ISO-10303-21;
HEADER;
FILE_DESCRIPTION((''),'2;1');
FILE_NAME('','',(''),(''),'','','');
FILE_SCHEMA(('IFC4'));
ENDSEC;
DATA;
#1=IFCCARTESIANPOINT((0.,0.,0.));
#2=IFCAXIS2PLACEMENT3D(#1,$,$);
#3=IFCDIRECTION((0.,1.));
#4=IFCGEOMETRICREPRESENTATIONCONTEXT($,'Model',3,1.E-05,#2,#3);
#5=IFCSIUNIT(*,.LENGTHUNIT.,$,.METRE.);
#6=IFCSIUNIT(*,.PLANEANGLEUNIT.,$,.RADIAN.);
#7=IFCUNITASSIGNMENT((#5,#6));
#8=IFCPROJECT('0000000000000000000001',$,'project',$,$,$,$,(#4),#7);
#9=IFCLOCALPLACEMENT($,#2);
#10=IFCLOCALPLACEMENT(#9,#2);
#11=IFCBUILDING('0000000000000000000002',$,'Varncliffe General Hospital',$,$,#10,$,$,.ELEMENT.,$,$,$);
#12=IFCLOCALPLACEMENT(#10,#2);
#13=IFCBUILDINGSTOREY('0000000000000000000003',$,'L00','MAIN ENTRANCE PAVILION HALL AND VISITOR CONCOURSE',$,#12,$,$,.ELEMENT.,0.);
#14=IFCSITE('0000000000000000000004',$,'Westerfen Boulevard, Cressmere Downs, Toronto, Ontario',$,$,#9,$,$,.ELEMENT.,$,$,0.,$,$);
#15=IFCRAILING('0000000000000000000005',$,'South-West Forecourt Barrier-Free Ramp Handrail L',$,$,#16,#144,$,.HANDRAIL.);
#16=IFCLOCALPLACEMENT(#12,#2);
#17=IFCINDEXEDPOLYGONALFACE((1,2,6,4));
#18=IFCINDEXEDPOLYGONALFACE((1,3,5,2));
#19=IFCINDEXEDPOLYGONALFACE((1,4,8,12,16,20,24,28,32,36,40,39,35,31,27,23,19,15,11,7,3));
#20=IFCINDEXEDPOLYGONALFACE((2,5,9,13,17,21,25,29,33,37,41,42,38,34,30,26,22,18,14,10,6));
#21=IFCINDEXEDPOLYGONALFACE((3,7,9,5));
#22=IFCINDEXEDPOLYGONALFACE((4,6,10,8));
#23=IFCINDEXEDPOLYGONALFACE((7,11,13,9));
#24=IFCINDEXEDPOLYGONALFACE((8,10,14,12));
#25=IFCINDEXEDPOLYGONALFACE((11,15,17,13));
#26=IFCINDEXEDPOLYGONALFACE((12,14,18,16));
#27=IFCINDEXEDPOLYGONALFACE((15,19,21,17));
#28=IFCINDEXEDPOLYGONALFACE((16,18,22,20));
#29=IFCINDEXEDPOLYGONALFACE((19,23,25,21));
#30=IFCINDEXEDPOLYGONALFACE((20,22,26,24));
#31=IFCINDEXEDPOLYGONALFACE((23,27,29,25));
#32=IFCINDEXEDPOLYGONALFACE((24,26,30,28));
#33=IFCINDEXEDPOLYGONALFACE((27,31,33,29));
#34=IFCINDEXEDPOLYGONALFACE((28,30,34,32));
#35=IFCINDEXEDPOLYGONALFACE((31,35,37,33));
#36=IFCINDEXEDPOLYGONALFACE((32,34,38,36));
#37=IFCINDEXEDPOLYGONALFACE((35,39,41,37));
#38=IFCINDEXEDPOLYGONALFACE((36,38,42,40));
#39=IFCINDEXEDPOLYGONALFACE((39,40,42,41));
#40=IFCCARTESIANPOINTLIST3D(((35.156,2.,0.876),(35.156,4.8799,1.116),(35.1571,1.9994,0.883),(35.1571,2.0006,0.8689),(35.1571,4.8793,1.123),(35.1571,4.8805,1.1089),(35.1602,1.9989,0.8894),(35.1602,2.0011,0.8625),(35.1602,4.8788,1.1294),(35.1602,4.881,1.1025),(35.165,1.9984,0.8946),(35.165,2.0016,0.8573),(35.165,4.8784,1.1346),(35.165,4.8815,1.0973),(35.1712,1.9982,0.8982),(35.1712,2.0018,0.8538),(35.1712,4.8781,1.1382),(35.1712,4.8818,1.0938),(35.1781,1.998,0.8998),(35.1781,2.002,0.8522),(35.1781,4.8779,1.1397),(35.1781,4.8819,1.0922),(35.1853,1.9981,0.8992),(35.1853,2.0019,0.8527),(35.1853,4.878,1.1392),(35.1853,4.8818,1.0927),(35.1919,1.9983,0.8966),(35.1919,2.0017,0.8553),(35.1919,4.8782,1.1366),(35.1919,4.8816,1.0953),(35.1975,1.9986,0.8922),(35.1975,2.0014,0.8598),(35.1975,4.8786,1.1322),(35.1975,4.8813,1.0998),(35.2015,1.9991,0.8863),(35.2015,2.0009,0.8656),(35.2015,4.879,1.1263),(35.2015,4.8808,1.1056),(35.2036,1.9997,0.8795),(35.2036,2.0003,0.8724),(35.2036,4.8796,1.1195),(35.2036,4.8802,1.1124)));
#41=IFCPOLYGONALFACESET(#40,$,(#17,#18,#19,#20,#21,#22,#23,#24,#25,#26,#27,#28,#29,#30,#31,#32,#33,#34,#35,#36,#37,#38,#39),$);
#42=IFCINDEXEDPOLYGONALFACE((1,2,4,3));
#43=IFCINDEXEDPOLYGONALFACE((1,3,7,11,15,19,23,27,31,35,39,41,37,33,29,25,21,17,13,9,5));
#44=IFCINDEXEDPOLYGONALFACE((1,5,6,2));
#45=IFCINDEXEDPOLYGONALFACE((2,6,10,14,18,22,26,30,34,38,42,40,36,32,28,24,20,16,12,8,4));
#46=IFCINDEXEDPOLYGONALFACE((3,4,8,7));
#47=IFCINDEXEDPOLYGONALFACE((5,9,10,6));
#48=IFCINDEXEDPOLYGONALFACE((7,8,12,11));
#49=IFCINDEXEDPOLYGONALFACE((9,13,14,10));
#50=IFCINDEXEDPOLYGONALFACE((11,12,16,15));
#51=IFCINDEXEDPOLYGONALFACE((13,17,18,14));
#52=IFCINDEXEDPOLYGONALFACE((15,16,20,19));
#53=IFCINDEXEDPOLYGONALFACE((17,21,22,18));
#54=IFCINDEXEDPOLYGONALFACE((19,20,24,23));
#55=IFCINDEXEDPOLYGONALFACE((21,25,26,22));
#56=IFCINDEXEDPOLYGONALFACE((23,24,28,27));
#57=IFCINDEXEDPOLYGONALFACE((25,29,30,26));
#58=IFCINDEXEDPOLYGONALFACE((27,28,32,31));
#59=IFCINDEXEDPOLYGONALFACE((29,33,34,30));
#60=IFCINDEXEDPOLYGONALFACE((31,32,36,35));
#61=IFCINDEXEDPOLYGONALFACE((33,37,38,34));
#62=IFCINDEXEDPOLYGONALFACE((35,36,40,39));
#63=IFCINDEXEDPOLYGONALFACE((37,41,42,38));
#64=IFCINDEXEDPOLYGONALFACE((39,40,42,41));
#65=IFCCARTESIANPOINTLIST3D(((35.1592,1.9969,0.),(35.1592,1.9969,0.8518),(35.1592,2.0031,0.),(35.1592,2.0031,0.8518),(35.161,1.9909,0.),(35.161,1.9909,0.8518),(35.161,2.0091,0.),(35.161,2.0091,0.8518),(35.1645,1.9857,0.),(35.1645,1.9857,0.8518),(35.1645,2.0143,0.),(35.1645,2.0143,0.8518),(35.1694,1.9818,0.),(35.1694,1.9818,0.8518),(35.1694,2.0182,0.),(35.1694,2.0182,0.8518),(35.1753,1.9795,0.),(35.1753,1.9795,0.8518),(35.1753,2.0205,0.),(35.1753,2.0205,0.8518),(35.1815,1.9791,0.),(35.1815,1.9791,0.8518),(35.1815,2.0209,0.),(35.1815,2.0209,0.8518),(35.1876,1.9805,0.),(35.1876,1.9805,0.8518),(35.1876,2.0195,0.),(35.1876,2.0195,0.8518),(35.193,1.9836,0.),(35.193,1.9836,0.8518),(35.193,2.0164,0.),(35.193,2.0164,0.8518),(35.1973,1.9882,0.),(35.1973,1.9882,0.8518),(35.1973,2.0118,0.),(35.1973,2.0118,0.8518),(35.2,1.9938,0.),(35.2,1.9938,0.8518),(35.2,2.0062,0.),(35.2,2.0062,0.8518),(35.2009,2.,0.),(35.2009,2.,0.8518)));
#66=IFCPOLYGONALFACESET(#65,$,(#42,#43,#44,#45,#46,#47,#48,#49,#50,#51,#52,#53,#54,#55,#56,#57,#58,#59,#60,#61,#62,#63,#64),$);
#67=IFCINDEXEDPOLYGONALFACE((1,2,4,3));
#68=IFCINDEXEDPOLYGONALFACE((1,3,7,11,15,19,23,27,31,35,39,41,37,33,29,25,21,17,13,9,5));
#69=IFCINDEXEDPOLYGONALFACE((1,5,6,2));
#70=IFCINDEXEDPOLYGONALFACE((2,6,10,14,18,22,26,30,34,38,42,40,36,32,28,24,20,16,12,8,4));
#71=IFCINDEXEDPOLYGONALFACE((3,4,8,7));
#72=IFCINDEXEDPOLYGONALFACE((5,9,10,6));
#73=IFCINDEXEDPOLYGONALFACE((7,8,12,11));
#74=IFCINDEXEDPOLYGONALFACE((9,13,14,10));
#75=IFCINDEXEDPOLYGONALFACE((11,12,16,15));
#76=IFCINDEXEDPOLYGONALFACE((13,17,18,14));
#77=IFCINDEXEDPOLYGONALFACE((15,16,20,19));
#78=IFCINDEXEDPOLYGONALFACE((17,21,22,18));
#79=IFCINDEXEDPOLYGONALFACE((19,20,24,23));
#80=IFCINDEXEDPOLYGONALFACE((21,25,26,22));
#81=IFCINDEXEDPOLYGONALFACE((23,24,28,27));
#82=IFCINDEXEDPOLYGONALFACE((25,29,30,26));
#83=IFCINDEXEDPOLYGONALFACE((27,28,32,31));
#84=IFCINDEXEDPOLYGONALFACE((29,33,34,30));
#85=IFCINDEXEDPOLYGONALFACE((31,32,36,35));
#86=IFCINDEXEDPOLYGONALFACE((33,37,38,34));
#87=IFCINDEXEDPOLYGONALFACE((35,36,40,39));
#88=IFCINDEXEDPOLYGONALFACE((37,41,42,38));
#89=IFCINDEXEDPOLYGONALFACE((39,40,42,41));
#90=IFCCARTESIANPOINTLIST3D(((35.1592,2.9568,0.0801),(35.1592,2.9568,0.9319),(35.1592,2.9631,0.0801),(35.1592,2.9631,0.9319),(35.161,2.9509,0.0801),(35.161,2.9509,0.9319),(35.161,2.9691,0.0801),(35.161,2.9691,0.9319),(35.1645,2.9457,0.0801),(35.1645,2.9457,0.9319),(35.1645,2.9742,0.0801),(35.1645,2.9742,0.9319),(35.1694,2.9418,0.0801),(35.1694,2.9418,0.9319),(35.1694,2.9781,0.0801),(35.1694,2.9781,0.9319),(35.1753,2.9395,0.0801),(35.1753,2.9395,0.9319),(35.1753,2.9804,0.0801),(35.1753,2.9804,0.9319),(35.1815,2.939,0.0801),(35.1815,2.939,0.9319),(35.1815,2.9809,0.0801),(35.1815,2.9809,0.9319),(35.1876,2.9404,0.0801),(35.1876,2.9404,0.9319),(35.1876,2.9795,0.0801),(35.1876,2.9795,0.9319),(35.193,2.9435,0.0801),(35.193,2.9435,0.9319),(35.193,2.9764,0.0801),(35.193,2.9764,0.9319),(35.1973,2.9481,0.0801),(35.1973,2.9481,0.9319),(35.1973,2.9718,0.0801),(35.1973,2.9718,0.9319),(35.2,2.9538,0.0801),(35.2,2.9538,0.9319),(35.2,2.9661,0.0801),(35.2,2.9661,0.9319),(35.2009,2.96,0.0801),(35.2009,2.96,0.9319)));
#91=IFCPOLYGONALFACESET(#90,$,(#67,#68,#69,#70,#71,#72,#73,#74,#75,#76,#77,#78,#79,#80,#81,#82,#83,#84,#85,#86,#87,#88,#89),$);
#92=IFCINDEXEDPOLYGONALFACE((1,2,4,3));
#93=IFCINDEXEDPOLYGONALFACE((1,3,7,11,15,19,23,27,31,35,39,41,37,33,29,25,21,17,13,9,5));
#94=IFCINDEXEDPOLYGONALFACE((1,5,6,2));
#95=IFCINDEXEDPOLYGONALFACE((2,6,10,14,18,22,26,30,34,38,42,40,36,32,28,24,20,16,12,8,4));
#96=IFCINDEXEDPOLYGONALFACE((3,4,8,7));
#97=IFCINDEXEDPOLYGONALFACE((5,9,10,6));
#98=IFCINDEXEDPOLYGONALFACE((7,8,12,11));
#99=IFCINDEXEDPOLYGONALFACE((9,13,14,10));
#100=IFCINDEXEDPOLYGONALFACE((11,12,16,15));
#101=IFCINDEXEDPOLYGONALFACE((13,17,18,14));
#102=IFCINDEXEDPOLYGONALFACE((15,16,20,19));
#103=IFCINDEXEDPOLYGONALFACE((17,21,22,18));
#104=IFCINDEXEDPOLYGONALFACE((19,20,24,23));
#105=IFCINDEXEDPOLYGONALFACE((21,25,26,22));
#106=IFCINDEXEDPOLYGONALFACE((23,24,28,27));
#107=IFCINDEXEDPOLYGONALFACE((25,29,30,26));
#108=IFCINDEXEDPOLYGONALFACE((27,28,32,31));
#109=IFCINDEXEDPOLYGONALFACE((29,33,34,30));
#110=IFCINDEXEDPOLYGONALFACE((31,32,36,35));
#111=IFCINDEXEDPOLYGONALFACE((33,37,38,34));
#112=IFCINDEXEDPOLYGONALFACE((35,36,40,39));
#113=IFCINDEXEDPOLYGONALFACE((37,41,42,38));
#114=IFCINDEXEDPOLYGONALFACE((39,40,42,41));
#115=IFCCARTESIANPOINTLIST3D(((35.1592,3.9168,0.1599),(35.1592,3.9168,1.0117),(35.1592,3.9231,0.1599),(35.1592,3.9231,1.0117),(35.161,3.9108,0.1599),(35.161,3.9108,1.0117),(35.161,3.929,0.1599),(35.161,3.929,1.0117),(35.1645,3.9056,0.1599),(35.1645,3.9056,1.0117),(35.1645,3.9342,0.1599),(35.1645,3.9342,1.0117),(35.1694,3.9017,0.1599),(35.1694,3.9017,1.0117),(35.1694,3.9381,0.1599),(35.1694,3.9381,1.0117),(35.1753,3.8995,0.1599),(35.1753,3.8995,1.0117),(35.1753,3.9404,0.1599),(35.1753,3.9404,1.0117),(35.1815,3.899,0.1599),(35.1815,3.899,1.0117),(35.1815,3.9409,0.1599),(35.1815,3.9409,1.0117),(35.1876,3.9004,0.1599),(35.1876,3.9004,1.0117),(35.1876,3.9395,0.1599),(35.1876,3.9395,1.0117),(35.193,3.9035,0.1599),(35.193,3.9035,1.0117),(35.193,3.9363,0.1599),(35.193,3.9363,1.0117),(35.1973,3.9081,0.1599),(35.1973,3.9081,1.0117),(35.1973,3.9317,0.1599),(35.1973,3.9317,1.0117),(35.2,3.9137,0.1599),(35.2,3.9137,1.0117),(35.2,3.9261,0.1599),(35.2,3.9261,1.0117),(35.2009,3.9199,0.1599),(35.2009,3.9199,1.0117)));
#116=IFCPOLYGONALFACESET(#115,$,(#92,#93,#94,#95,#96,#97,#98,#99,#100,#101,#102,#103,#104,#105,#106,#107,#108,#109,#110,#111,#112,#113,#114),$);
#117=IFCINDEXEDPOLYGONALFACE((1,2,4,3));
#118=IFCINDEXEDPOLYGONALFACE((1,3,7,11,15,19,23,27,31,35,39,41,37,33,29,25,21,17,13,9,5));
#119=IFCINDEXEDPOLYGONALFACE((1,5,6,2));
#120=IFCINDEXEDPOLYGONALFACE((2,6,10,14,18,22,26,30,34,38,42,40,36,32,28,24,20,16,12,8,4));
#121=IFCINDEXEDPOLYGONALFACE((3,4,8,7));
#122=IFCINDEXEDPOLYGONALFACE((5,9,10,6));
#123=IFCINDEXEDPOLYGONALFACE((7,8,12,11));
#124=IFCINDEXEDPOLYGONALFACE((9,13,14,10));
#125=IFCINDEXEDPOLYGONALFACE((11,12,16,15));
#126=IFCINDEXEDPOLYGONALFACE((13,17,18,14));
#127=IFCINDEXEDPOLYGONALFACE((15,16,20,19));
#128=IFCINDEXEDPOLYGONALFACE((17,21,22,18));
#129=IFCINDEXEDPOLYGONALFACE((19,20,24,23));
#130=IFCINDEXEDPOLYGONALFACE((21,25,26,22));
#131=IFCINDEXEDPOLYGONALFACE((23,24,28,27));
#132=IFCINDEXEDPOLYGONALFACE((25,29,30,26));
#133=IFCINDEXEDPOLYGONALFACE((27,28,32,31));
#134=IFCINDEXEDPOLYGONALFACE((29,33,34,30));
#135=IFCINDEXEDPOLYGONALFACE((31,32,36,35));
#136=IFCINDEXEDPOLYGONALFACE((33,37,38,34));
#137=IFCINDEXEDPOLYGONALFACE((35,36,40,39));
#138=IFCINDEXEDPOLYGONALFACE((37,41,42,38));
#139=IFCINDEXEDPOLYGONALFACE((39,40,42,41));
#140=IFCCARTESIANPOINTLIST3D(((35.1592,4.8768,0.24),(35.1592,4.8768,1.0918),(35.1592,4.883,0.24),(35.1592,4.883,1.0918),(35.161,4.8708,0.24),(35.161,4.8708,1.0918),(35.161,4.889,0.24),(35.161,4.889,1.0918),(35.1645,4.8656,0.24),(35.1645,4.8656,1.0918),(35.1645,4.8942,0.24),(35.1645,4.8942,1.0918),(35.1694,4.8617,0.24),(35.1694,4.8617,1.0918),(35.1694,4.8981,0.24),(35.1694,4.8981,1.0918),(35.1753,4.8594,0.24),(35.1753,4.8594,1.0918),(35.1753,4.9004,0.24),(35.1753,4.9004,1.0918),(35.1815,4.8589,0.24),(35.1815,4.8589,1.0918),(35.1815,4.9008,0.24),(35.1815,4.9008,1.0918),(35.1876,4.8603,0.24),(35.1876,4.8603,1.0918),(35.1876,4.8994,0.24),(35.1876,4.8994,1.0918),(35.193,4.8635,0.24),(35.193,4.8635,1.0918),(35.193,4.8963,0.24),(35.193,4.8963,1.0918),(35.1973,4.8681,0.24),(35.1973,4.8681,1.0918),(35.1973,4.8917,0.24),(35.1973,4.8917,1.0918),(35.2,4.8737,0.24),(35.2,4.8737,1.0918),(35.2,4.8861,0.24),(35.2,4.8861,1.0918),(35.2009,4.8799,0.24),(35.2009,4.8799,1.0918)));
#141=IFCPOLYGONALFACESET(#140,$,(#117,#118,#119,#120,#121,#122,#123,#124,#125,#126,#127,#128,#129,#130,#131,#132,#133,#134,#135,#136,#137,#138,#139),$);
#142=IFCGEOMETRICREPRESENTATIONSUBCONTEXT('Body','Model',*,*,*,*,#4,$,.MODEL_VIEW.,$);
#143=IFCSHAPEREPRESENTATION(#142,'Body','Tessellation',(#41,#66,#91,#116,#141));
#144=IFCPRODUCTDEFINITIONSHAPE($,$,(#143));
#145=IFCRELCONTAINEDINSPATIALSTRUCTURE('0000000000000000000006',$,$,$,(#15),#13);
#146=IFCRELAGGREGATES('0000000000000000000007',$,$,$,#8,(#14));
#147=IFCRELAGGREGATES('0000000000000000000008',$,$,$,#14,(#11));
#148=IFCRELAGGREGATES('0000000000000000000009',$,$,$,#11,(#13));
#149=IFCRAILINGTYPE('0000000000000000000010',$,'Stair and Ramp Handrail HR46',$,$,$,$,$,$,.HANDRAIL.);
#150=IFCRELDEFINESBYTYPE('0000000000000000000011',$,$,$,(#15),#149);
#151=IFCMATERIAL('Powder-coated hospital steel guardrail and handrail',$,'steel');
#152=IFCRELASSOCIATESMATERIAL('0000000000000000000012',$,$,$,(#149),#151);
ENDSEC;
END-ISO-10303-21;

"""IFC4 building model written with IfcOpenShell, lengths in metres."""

from ifc_helpers import new_model, si_unit, direction, frame, origin, origin_2d, place, context, subcontext, project, spatial, circle, extrude, material, type_object, element, save


model = new_model("IFC4")

# Units and contexts
model_context = context("Model", 3, precision=1e-05, world=origin(), true_north=direction((0.0, 1.0)))
body_context = subcontext(model_context, "Body", "Model", "MODEL_VIEW")
ifc_project = project(units=[si_unit("LENGTHUNIT", "METRE"), si_unit("PLANEANGLEUNIT", "RADIAN")], contexts=[model_context])

# Site, building, storey
site_placement = place(None, origin())
site = spatial("IfcSite", under=ifc_project, at=site_placement, Name="Westerfen Boulevard, Cressmere Downs, Toronto, Ontario", CompositionType="ELEMENT", RefElevation=0.0)
building_placement = place(site_placement, origin())
building = spatial("IfcBuilding", under=site, at=building_placement, Name="Varncliffe General Hospital", CompositionType="ELEMENT")
storey_placement = place(building_placement, origin())
storey = spatial("IfcBuildingStorey", under=building, at=storey_placement, Name="L00", Description="MAIN ENTRANCE PAVILION HALL AND VISITOR CONCOURSE", CompositionType="ELEMENT", Elevation=0.0)

# Railing
ifc_material_1 = material(Name="Powder-coated hospital steel guardrail and handrail", Category="steel")
railing_type = type_object("IfcRailingType", Name="Stair and Ramp Handrail HR46", PredefinedType="HANDRAIL", material=ifc_material_1)
for number, where, name in (
    (1, (35.1799, 2.0, 0.0), "South-West Forecourt Barrier-Free Ramp Handrail L"),
):
    element("IfcRailing", number, at=place(storey_placement, frame(where)), inside=storey, type_object=railing_type, Name=name, PredefinedType="HANDRAIL", context=body_context, shape_type="SweptSolid", body=[
        extrude(circle(Radius=0.0239, at=origin_2d()), frame((0.0, 0.0, 0.876), z_axis=(0.0, 0.996546, 0.083045), x_axis=(-1.0, 0.0, 0.0)), (0.0, 0.0, 1.0), 2.8899),
        extrude(circle(Radius=0.021, at=origin_2d()), origin(), (0.0, 0.0, 1.0), 0.8518),
        extrude(circle(Radius=0.021, at=origin_2d()), frame((0.0, 0.96, 0.0801)), (0.0, 0.0, 1.0), 0.8518),
        extrude(circle(Radius=0.021, at=origin_2d()), frame((0.0, 1.9199, 0.1599)), (0.0, 0.0, 1.0), 0.8518),
        extrude(circle(Radius=0.021, at=origin_2d()), frame((0.0, 2.8799, 0.24)), (0.0, 0.0, 1.0), 0.8518),
    ])

save(model, "model.ifc")
